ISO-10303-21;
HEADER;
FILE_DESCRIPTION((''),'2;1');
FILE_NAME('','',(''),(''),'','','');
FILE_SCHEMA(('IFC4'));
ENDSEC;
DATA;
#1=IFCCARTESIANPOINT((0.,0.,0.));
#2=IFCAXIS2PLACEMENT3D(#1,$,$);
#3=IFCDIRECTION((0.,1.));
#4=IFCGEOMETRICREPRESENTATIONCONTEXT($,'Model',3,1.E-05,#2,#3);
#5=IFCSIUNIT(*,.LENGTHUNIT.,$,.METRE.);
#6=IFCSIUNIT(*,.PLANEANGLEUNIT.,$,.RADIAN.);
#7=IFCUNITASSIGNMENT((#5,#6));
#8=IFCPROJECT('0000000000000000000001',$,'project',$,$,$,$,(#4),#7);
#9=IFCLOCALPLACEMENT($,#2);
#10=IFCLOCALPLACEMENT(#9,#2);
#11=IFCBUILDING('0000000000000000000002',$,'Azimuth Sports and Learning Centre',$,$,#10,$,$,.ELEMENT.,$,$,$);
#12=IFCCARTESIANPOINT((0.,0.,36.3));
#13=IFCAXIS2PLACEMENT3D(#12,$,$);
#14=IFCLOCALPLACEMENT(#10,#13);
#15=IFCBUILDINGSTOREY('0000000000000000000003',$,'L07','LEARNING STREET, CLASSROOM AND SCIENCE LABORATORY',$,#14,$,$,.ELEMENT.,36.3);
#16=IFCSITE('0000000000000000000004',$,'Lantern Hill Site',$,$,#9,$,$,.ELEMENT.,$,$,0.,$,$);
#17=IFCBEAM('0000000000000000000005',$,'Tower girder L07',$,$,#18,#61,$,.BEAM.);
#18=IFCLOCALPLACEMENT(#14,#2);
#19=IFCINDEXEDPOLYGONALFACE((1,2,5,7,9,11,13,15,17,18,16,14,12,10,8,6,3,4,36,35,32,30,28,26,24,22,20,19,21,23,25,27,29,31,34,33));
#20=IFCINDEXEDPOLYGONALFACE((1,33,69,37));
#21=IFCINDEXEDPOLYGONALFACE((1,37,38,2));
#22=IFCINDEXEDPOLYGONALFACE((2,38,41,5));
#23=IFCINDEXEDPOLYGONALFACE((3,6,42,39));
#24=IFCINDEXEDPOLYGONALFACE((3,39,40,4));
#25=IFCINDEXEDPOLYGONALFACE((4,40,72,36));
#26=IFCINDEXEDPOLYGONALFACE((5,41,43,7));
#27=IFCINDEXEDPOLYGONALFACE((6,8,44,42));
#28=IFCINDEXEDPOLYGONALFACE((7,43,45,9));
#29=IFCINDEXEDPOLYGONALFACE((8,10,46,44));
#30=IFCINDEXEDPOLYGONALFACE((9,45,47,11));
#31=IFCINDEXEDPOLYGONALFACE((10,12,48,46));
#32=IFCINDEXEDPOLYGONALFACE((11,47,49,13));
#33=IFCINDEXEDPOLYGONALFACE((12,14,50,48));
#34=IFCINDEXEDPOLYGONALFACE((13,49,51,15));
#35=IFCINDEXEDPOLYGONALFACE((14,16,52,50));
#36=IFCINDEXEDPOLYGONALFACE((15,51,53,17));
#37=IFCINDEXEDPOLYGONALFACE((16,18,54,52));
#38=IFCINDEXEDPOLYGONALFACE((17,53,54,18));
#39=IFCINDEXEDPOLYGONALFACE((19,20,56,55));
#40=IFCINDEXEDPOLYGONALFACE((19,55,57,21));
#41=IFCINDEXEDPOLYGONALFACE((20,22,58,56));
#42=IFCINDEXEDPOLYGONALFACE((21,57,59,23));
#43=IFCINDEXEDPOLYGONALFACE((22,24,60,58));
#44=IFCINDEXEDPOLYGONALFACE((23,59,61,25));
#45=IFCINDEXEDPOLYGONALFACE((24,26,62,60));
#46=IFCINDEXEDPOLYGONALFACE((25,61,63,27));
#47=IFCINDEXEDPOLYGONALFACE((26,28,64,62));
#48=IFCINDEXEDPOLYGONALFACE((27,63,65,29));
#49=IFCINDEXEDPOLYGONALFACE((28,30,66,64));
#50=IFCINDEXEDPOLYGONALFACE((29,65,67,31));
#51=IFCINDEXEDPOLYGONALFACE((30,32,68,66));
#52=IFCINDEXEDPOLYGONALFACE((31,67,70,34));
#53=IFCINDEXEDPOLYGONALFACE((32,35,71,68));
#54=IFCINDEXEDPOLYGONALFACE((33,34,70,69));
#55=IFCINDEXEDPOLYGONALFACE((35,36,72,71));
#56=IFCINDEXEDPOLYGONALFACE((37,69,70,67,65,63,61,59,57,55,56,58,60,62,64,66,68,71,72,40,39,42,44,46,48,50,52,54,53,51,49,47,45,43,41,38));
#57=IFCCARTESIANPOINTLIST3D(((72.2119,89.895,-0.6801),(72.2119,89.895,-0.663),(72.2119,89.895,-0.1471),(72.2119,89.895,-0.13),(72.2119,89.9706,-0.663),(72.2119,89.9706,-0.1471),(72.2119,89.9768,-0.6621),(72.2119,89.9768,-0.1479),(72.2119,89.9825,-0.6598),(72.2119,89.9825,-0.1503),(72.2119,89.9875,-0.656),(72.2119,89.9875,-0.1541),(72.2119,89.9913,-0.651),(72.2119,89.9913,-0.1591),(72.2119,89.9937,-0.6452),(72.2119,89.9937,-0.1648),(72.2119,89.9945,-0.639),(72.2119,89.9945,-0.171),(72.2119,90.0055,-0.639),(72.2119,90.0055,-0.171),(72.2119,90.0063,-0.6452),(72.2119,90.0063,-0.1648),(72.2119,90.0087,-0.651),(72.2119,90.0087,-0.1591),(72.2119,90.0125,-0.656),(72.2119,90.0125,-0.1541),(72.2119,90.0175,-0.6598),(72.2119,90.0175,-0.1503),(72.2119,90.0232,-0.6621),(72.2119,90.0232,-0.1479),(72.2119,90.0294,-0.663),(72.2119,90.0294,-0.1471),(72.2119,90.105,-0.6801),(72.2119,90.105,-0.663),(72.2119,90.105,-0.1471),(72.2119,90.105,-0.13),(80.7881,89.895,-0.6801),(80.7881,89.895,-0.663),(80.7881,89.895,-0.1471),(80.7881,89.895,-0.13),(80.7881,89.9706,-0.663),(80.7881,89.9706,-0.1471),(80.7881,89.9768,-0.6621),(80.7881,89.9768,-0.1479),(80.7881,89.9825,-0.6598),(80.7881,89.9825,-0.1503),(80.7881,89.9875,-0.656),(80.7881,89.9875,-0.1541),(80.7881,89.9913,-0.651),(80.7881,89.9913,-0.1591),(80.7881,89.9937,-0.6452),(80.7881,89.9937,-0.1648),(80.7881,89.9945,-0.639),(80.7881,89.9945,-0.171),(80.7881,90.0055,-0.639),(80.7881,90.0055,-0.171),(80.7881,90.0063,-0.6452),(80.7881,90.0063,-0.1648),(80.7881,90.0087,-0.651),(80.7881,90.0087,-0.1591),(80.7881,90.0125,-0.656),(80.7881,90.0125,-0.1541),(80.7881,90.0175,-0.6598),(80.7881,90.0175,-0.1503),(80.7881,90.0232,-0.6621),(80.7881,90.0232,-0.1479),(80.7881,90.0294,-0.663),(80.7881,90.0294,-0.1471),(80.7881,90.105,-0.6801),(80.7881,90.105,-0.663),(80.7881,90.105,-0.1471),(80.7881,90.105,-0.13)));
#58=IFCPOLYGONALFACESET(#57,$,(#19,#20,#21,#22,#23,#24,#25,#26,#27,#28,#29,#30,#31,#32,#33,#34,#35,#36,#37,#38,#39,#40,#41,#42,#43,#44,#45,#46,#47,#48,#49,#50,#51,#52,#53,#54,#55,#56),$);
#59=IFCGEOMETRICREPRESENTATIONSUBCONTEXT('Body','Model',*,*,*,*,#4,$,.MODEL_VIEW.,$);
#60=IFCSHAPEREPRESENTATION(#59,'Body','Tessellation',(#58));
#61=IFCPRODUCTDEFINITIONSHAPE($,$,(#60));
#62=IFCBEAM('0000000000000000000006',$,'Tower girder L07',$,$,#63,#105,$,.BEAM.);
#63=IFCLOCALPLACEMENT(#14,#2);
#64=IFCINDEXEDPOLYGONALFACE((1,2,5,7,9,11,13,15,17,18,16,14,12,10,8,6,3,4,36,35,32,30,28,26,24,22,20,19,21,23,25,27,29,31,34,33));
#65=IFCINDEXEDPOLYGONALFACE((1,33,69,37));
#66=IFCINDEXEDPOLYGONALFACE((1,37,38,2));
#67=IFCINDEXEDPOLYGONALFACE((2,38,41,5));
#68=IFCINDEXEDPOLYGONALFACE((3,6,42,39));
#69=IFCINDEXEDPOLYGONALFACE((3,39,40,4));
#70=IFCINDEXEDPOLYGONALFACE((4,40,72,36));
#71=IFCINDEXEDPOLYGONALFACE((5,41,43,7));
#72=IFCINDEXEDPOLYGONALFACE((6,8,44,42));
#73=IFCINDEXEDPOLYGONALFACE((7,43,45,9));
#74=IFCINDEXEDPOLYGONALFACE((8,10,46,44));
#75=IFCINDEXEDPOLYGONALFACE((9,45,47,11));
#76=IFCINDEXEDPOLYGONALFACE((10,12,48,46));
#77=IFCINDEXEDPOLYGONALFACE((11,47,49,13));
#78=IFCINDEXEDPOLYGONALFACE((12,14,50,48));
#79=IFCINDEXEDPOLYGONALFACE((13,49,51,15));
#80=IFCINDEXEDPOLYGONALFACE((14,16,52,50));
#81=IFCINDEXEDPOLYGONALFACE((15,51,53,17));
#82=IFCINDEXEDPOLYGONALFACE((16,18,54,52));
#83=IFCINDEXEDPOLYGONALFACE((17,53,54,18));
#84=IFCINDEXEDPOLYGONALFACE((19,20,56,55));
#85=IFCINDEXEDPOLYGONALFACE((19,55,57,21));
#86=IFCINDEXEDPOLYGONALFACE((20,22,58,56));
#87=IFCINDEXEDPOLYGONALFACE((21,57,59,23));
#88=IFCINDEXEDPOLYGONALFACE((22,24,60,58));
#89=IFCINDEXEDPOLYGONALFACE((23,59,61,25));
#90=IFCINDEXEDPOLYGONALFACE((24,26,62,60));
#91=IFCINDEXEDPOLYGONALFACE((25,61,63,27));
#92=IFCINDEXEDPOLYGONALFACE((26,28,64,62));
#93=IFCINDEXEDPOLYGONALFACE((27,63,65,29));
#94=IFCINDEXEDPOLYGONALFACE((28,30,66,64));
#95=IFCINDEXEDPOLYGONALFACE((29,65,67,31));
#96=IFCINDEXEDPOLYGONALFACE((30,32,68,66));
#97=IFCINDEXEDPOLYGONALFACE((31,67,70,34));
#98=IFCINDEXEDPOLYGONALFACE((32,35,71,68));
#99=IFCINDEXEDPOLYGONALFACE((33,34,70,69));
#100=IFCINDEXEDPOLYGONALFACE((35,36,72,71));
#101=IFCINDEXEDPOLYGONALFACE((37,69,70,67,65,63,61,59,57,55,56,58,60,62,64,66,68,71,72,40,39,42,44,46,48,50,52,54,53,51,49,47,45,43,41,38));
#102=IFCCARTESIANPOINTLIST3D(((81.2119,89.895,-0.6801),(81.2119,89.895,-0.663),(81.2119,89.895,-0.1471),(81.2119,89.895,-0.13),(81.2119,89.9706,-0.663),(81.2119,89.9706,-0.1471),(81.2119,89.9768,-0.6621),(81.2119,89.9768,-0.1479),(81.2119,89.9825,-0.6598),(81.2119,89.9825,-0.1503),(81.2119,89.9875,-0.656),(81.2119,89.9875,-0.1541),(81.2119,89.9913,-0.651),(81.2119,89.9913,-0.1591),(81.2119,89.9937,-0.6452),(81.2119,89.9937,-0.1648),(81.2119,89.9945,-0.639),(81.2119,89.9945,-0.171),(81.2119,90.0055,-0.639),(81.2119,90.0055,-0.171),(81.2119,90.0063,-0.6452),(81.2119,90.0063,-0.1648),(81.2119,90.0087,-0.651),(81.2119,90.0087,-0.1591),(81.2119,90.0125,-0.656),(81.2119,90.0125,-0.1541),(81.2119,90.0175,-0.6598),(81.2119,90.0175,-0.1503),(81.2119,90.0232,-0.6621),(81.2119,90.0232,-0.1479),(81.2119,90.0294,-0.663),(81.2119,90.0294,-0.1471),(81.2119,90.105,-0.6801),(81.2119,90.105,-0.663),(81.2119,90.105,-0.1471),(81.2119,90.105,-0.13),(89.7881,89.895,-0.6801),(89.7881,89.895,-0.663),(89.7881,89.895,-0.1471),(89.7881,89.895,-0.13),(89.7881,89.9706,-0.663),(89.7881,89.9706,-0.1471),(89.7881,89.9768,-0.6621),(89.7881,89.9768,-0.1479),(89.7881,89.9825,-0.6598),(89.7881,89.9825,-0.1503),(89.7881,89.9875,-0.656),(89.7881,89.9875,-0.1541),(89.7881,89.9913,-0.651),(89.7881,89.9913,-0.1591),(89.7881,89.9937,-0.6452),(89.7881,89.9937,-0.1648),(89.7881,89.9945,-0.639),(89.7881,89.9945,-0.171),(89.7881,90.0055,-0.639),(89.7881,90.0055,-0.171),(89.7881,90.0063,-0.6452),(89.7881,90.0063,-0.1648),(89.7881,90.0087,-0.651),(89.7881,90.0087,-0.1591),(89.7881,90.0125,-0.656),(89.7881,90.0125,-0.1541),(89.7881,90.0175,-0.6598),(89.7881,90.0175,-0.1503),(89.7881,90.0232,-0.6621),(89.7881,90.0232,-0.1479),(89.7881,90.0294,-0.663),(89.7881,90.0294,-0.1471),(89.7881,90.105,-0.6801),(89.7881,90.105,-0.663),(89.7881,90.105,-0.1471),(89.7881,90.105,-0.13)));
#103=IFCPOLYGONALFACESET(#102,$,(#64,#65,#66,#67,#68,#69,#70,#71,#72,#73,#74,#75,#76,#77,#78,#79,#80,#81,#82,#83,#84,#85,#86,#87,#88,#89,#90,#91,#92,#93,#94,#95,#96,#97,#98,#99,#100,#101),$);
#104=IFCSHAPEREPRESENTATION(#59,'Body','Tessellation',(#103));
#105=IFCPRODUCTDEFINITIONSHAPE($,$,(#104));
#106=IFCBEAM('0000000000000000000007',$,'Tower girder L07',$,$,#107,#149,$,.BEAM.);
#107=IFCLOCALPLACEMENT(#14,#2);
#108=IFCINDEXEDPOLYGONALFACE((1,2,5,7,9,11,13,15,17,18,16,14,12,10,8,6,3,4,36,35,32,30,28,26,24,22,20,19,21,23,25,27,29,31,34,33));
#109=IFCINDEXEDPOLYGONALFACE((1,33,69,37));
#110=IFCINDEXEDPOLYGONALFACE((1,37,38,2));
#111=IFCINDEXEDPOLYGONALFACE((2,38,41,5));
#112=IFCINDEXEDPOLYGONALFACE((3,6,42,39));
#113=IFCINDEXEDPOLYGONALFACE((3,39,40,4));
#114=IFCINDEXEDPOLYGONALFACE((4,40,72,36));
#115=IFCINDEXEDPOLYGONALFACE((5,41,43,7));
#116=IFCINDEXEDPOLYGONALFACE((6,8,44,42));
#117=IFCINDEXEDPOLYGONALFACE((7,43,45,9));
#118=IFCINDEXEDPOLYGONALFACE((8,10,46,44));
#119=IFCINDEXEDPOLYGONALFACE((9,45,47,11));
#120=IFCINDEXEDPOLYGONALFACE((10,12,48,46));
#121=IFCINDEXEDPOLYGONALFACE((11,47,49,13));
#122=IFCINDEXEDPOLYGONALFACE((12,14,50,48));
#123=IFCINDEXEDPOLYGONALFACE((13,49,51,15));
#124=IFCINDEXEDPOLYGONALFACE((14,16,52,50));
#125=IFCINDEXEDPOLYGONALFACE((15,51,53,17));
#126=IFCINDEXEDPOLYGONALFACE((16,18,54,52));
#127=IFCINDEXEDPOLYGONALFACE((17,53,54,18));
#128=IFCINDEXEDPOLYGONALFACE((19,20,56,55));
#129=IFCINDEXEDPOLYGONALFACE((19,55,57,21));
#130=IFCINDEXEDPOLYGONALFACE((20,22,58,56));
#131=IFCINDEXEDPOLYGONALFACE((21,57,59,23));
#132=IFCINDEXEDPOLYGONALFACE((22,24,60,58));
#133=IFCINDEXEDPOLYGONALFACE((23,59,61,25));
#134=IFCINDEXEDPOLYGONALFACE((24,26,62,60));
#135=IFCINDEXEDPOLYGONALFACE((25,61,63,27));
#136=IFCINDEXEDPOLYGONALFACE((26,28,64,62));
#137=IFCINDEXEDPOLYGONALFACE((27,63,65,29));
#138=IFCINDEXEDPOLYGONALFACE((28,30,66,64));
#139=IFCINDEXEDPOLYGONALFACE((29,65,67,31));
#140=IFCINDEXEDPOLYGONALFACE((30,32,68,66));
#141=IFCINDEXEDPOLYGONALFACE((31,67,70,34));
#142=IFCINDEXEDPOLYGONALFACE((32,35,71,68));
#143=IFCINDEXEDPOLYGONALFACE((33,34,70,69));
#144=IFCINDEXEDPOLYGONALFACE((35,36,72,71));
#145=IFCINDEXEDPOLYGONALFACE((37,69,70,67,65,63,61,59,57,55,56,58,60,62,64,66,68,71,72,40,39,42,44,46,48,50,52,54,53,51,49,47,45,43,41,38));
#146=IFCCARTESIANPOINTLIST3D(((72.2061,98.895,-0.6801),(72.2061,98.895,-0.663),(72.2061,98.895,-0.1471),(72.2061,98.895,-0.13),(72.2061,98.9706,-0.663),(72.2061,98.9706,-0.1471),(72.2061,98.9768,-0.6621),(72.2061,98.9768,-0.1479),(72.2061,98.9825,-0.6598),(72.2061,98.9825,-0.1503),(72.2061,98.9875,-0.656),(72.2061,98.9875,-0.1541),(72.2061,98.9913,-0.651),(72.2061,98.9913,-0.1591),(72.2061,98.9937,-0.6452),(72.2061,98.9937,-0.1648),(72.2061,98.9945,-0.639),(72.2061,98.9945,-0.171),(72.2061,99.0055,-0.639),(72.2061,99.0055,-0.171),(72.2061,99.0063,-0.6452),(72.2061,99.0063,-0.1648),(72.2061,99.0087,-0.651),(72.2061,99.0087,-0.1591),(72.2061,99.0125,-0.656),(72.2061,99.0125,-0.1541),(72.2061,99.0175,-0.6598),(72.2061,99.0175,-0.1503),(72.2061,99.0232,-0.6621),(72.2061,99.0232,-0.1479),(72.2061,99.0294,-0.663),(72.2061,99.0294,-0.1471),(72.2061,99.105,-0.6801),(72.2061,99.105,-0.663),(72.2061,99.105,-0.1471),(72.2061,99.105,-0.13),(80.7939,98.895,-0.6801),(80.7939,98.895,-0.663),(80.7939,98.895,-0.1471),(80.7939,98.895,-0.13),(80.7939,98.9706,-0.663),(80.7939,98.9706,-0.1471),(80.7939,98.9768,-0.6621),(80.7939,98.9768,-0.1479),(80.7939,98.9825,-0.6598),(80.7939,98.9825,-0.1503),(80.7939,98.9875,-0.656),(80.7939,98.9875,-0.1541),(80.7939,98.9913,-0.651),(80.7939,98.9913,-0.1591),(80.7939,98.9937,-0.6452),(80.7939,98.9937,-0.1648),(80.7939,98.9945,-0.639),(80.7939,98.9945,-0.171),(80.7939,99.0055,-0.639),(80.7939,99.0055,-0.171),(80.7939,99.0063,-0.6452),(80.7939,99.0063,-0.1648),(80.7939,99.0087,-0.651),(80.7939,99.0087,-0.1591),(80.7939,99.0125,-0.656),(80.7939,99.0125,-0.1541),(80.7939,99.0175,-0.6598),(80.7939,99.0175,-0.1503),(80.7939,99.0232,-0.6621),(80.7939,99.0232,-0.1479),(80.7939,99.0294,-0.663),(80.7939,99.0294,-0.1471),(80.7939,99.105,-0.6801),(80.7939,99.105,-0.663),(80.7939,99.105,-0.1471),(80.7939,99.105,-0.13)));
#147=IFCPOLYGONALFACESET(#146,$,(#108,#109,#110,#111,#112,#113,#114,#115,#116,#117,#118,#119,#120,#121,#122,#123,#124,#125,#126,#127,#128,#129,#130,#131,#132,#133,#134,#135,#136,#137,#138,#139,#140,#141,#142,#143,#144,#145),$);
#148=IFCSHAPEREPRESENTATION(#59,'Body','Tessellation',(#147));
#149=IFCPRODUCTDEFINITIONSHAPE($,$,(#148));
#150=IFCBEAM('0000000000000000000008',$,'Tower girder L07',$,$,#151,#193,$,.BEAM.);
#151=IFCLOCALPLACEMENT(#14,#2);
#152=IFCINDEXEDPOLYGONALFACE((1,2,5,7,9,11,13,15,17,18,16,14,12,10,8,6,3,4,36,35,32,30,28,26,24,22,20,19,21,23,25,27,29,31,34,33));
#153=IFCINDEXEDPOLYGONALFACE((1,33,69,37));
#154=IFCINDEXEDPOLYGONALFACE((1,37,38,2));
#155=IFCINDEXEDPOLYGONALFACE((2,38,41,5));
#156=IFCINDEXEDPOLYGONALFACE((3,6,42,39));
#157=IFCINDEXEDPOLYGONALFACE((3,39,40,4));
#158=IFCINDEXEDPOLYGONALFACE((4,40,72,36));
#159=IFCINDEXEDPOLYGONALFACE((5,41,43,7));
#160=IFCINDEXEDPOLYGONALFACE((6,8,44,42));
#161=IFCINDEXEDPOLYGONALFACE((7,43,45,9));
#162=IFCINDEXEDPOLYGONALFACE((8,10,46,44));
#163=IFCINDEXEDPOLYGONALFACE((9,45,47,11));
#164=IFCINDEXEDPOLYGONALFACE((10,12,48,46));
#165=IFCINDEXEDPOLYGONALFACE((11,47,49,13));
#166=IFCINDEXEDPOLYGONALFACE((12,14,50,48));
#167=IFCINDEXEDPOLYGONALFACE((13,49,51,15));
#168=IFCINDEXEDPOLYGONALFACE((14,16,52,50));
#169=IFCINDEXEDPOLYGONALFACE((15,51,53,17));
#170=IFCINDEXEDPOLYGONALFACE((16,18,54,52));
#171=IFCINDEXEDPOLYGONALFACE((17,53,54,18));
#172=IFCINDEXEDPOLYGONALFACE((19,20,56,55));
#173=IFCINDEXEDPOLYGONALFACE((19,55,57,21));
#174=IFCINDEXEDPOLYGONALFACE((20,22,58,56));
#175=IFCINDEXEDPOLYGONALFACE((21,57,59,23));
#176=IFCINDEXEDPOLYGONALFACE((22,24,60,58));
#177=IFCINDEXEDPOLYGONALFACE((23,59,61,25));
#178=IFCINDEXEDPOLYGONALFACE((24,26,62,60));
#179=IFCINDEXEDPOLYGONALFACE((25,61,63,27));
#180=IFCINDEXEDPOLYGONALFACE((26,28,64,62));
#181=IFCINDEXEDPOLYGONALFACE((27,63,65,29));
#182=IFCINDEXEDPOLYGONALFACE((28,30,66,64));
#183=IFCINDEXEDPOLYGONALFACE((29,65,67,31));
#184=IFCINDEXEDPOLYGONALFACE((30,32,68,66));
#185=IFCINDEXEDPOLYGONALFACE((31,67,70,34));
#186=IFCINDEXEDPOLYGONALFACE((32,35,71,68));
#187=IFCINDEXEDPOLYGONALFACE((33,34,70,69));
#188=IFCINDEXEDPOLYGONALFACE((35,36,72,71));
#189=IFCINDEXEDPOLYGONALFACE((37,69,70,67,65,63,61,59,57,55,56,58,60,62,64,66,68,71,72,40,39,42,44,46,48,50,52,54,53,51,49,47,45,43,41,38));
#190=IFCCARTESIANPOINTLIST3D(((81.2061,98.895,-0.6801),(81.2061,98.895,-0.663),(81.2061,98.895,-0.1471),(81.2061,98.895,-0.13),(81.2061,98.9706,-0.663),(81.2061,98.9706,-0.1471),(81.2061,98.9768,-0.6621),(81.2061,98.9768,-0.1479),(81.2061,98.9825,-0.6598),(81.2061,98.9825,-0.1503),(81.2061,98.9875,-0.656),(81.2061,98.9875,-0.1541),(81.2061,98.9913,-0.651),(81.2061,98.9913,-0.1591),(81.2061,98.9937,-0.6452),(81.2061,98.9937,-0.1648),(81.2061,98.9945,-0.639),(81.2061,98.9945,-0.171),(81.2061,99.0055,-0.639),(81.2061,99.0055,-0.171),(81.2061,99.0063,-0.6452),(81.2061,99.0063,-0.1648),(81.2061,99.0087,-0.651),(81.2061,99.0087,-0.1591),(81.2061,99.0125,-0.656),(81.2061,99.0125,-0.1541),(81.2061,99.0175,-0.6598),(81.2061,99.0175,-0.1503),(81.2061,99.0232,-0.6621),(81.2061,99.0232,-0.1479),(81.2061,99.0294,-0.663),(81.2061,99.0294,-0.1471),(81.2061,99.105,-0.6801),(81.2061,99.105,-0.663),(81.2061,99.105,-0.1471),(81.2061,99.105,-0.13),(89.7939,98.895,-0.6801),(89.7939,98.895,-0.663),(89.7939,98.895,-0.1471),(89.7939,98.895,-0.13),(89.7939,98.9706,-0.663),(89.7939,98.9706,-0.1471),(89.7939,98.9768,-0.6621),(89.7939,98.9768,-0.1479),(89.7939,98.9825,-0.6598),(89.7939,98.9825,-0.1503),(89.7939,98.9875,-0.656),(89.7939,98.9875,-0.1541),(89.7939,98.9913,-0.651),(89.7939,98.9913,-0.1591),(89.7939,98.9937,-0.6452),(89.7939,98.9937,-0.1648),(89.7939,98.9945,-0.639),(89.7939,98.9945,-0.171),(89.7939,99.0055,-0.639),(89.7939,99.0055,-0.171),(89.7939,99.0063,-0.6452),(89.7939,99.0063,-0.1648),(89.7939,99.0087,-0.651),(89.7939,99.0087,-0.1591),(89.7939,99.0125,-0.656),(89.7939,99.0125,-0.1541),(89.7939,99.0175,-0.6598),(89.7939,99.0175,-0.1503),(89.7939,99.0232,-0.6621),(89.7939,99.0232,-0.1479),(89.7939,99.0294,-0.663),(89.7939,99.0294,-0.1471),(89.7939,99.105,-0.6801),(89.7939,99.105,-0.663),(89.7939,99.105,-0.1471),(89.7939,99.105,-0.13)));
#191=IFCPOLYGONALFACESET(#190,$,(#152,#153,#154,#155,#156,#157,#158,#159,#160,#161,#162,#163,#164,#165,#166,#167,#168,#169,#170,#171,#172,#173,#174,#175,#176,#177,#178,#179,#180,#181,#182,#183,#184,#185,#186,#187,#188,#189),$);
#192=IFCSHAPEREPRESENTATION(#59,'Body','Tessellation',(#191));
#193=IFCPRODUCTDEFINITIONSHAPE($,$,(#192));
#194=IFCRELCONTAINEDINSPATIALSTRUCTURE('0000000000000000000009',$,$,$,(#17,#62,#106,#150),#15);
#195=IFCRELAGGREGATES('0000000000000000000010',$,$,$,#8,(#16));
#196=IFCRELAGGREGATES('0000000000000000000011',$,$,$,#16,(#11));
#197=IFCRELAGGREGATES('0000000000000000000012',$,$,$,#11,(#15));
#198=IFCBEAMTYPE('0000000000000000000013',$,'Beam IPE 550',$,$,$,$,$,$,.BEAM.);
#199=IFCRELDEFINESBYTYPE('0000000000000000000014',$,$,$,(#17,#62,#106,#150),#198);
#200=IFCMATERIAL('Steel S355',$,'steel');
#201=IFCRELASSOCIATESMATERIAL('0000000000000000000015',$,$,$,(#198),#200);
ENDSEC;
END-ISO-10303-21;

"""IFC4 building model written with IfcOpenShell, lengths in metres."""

from ifc_helpers import new_model, si_unit, direction, frame, origin, origin_2d, place, context, subcontext, project, spatial, i_section, extrude, material, material_profile, profile_set, type_object, element, save


model = new_model("IFC4")

# Units and contexts
model_context = context("Model", 3, precision=1e-05, world=origin(), true_north=direction((0.0, 1.0)))
body_context = subcontext(model_context, "Body", "Model", "MODEL_VIEW")
ifc_project = project(units=[si_unit("LENGTHUNIT", "METRE"), si_unit("PLANEANGLEUNIT", "RADIAN")], contexts=[model_context])

# Site, building, storey
site_placement = place(None, origin())
site = spatial("IfcSite", under=ifc_project, at=site_placement, Name="Lantern Hill Site", CompositionType="ELEMENT", RefElevation=0.0)
building_placement = place(site_placement, origin())
building = spatial("IfcBuilding", under=site, at=building_placement, Name="Azimuth Sports and Learning Centre", CompositionType="ELEMENT")
storey_placement = place(building_placement, frame((0.0, 0.0, 36.3)))
storey = spatial("IfcBuildingStorey", under=building, at=storey_placement, Name="L07", Description="LEARNING STREET, CLASSROOM AND SCIENCE LABORATORY", CompositionType="ELEMENT", Elevation=36.3)

# Beams
ifc_material_1 = material(Name="Steel S355", Category="steel")
ifc_material_profile_1 = material_profile(ifc_material_1, i_section(OverallWidth=0.21, OverallDepth=0.55, WebThickness=0.011, FlangeThickness=0.0171, FilletRadius=0.0239, at=origin_2d()), Name="IPE 550")
ifc_profile_set_1 = profile_set([ifc_material_profile_1], Name="Steel S355")
beam_type_1 = type_object("IfcBeamType", Name="Beam IPE 550", PredefinedType="BEAM", material=ifc_profile_set_1)
for number, where, z_axis, x_axis, name in (
    (1, (72.2119, 90.0, -0.405), (1.0, 0.0, 0.0), (0.0, 1.0, 0.0), "Tower girder L07"),
    (2, (81.2119, 90.0, -0.405), (1.0, 0.0, 0.0), (0.0, 1.0, 0.0), "Tower girder L07"),
):
    element("IfcBeam", number, at=place(storey_placement, frame(where, z_axis=z_axis, x_axis=x_axis)), inside=storey, type_object=beam_type_1, Name=name, PredefinedType="BEAM", context=body_context, shape_type="SweptSolid", body=[
        extrude(i_section(OverallWidth=0.21, OverallDepth=0.55, WebThickness=0.011, FlangeThickness=0.0171, FilletRadius=0.0239, at=origin_2d()), origin(), (0.0, 0.0, 1.0), 8.5762),
    ])
for number, where, z_axis, x_axis, name in (
    (3, (72.2061, 99.0, -0.405), (1.0, 0.0, 0.0), (0.0, 1.0, 0.0), "Tower girder L07"),
    (4, (81.2061, 99.0, -0.405), (1.0, 0.0, 0.0), (0.0, 1.0, 0.0), "Tower girder L07"),
):
    element("IfcBeam", number, at=place(storey_placement, frame(where, z_axis=z_axis, x_axis=x_axis)), inside=storey, type_object=beam_type_1, Name=name, PredefinedType="BEAM", context=body_context, shape_type="SweptSolid", body=[
        extrude(i_section(OverallWidth=0.21, OverallDepth=0.55, WebThickness=0.011, FlangeThickness=0.0171, FilletRadius=0.0239, at=origin_2d()), origin(), (0.0, 0.0, 1.0), 8.5879),
    ])

save(model, "model.ifc")
